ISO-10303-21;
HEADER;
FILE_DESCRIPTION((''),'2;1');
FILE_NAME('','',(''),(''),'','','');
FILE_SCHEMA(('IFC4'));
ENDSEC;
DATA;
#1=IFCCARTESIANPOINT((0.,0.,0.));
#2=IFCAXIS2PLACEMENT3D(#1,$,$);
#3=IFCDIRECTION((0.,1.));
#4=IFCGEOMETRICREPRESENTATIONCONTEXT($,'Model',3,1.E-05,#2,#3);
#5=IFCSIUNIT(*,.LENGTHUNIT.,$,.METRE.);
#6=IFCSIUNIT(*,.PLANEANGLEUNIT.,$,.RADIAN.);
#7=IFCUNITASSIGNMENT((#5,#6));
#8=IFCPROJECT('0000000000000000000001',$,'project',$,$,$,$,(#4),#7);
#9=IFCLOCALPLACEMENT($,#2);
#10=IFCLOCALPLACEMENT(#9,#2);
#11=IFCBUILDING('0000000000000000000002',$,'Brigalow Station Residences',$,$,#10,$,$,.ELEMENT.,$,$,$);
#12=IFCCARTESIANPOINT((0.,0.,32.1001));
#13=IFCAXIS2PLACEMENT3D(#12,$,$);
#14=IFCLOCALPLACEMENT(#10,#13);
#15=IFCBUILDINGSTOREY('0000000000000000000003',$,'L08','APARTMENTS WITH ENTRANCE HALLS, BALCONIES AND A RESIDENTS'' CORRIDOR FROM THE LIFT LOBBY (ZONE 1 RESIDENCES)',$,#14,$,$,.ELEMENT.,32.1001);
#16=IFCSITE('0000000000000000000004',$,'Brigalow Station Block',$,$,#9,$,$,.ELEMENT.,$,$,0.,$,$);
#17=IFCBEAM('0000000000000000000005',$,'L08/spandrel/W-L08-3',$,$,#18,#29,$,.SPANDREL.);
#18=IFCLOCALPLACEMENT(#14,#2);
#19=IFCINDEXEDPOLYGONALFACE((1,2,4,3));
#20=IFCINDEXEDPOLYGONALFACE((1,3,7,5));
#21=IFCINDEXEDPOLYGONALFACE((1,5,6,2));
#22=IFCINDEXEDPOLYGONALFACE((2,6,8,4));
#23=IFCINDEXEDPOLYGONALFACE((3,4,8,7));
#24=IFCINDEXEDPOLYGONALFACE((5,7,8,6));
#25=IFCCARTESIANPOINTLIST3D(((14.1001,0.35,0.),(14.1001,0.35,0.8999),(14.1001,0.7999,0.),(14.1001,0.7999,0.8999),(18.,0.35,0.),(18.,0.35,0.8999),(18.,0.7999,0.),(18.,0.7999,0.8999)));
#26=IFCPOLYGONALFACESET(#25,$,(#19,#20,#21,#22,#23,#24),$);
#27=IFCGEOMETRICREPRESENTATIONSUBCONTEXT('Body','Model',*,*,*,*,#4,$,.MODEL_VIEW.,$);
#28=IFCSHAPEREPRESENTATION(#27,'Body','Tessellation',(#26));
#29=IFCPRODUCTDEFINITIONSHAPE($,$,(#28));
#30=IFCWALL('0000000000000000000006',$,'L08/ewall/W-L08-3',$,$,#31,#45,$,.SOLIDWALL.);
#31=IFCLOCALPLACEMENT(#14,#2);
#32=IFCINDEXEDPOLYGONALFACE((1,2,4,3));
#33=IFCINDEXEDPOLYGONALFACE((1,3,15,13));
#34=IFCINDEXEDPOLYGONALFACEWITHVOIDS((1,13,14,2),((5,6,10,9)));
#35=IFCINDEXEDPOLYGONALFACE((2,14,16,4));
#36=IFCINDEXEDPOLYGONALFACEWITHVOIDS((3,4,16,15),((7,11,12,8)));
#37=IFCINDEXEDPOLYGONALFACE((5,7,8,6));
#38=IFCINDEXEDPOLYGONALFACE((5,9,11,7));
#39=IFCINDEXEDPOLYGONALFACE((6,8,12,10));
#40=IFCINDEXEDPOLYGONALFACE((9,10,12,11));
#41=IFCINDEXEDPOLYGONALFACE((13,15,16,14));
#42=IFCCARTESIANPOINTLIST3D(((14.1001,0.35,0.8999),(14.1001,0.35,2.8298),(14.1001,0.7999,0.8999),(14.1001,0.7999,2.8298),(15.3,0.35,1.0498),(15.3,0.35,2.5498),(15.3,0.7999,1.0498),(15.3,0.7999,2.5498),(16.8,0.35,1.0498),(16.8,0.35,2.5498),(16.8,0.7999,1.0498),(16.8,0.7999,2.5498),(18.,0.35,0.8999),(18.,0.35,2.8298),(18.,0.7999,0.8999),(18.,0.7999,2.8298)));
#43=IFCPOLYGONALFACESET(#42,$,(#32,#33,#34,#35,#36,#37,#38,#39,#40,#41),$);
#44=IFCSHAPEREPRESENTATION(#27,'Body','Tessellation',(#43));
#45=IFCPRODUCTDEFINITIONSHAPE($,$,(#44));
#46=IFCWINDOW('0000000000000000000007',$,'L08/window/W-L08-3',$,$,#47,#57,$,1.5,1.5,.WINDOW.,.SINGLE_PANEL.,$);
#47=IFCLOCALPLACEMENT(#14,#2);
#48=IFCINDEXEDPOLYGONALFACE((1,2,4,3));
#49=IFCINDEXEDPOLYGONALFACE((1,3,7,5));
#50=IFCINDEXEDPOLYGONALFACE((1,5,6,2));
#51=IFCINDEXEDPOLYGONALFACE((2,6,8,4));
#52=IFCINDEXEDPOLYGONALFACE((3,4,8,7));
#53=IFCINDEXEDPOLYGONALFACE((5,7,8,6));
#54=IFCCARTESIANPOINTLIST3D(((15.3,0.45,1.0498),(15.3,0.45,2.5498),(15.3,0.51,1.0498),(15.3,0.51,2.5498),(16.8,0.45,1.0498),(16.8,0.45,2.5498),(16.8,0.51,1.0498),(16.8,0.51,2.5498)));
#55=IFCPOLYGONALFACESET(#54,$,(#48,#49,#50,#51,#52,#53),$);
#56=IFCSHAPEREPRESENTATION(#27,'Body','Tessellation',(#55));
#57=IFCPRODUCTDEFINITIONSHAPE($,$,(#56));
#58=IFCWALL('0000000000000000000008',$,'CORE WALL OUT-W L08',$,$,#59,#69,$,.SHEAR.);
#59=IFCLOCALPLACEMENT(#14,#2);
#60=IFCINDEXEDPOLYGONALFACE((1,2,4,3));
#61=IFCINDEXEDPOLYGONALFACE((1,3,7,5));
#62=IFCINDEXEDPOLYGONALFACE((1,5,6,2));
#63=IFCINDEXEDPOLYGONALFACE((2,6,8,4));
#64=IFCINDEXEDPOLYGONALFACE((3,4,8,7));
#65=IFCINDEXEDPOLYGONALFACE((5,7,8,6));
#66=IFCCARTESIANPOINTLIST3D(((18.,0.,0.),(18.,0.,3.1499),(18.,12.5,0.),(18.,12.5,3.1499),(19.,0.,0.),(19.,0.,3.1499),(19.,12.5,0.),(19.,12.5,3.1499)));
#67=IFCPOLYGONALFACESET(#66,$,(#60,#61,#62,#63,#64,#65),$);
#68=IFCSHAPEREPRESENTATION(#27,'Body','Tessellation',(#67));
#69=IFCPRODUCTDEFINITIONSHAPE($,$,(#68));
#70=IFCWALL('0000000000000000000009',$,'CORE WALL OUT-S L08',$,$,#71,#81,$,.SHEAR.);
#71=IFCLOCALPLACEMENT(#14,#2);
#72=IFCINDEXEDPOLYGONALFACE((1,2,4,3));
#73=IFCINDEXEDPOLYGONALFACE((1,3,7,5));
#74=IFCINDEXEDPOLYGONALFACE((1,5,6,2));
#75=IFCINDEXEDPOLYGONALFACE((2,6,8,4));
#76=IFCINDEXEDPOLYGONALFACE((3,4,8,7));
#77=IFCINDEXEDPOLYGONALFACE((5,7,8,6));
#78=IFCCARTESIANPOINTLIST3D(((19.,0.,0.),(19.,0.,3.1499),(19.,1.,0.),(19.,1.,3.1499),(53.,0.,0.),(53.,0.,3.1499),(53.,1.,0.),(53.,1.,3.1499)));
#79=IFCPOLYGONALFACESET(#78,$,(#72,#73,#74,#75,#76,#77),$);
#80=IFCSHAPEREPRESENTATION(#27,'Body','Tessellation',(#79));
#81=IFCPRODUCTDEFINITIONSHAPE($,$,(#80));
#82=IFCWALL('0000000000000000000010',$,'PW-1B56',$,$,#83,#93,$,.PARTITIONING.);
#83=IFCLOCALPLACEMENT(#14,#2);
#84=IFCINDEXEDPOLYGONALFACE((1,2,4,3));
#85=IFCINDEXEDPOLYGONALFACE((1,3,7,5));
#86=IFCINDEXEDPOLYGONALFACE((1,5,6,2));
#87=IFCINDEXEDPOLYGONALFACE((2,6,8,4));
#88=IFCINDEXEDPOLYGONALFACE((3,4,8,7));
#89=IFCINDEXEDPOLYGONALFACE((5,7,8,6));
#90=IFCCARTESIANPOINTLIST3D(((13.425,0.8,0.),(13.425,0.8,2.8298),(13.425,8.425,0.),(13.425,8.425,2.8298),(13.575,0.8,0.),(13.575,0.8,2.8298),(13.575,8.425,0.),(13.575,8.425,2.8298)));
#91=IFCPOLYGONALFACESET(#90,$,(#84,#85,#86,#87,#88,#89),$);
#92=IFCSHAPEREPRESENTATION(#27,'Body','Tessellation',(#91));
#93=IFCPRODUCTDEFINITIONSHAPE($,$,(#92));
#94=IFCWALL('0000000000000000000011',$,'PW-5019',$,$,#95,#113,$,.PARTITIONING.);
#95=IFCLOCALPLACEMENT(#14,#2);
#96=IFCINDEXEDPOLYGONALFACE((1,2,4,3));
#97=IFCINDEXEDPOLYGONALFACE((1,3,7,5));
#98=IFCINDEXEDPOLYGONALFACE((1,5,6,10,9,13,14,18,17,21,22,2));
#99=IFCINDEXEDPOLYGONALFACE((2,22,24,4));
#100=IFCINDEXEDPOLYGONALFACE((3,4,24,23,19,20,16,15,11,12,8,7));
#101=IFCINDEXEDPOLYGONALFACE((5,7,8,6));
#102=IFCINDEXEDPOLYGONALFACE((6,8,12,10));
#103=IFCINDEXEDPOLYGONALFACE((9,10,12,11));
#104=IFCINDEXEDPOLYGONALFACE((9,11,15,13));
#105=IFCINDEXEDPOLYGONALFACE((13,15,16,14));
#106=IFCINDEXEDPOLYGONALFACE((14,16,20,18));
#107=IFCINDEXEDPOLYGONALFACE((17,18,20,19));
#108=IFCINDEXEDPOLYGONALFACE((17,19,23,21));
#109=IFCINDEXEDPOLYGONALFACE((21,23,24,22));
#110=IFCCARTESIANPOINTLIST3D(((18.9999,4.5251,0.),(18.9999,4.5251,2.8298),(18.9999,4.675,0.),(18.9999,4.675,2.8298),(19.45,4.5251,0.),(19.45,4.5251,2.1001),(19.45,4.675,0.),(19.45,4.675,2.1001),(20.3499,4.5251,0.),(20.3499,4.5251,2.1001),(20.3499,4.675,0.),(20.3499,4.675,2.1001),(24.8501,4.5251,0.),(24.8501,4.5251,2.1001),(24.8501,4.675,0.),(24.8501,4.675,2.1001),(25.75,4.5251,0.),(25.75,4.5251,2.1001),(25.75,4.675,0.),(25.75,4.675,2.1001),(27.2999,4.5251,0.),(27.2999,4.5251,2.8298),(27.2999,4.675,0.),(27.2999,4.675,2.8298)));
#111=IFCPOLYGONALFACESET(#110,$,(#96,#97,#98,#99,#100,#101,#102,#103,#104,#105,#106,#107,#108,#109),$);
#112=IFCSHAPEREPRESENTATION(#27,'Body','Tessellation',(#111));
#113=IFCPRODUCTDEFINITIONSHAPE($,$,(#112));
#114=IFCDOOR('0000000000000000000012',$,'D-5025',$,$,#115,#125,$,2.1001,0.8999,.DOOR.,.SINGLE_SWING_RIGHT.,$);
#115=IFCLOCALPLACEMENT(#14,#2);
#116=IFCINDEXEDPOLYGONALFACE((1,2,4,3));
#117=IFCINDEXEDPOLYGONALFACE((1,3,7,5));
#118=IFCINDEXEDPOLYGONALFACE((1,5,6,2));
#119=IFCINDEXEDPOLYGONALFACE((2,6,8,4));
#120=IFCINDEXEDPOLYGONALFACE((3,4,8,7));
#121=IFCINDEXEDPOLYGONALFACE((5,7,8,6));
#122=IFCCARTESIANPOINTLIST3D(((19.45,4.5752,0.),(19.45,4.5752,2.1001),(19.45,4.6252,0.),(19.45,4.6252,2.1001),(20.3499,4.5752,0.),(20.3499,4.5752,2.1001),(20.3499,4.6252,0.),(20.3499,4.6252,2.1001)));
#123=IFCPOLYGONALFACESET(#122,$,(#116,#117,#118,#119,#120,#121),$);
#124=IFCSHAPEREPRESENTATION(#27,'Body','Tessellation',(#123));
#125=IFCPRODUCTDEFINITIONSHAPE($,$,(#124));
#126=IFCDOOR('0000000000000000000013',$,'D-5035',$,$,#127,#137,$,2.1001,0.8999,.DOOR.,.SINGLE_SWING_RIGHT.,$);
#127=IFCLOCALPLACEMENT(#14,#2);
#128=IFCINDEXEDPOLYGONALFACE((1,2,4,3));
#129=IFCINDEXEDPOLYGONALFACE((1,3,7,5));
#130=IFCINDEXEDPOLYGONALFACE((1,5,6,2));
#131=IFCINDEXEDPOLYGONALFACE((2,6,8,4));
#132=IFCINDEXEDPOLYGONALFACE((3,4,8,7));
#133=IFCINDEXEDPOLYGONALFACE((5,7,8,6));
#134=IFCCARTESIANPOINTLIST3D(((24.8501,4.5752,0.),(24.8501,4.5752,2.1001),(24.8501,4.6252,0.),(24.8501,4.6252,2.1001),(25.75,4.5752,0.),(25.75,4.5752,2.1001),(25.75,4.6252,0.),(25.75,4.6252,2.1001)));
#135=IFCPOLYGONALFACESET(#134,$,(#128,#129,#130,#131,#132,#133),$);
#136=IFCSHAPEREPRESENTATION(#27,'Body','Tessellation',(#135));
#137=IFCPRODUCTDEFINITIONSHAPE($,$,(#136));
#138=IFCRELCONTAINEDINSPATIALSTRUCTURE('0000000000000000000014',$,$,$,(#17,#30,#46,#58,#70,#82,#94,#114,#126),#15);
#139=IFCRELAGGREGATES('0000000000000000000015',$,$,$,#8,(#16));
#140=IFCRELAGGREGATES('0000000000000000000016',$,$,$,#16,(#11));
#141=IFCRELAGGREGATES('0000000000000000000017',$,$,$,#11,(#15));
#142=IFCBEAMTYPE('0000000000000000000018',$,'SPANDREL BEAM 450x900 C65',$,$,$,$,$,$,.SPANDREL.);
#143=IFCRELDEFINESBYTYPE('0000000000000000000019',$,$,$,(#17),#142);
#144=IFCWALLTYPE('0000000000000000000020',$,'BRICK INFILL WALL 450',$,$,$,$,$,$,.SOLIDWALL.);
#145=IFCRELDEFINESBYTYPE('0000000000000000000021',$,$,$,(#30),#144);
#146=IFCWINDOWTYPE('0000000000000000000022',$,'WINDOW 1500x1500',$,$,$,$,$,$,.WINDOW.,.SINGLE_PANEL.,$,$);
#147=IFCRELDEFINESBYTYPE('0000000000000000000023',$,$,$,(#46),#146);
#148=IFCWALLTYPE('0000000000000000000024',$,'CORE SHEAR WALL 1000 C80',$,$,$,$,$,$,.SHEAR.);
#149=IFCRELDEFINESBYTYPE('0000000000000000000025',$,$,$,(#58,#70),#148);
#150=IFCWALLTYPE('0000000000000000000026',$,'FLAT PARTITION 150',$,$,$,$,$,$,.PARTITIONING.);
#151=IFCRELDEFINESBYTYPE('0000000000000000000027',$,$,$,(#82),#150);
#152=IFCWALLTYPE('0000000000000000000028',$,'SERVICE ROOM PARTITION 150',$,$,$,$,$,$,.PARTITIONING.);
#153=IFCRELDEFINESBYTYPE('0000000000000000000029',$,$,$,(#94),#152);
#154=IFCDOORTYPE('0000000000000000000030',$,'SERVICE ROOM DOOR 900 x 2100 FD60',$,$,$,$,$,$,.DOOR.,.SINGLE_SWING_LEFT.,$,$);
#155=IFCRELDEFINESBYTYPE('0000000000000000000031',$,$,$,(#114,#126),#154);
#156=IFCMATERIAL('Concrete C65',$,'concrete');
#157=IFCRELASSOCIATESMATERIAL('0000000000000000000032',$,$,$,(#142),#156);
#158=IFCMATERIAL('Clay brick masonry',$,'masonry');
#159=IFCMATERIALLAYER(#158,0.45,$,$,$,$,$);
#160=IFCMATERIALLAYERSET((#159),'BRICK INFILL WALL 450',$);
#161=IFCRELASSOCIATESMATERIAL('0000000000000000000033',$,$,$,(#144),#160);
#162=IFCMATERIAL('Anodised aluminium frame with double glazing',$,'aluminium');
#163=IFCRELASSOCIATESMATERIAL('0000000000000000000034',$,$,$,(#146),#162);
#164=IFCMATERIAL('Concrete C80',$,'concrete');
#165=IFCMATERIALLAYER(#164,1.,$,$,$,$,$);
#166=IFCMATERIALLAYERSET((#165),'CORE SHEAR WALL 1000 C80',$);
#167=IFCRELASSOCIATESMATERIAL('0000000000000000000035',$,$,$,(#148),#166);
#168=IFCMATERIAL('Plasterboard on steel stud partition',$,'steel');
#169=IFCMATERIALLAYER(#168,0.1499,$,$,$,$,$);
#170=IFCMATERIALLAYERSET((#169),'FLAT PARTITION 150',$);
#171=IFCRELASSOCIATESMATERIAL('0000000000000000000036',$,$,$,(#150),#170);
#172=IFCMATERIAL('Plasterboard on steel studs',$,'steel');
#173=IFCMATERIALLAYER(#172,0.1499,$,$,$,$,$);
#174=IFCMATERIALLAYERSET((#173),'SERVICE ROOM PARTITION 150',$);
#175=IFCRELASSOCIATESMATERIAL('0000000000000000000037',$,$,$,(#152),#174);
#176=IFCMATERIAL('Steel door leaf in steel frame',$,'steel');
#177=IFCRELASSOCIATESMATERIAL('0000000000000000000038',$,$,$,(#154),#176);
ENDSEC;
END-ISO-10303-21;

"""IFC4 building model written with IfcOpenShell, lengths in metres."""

from ifc_helpers import new_model, si_unit, direction, frame, frame_2d, origin, origin_2d, place, context, subcontext, project, spatial, rectangle, extrude, material, layer, layer_set, material_profile, profile_set, type_object, element, fill, save


model = new_model("IFC4")

# Units and contexts
model_context = context("Model", 3, precision=1e-05, world=origin(), true_north=direction((0.0, 1.0)))
body_context = subcontext(model_context, "Body", "Model", "MODEL_VIEW")
ifc_project = project(units=[si_unit("LENGTHUNIT", "METRE"), si_unit("PLANEANGLEUNIT", "RADIAN")], contexts=[model_context])

# Site, building, storey
site_placement = place(None, origin())
site = spatial("IfcSite", under=ifc_project, at=site_placement, Name="Brigalow Station Block", CompositionType="ELEMENT", RefElevation=0.0)
building_placement = place(site_placement, origin())
building = spatial("IfcBuilding", under=site, at=building_placement, Name="Brigalow Station Residences", CompositionType="ELEMENT")
storey_placement = place(building_placement, frame((0.0, 0.0, 32.1001)))
storey = spatial("IfcBuildingStorey", under=building, at=storey_placement, Name="L08", Description="APARTMENTS WITH ENTRANCE HALLS, BALCONIES AND A RESIDENTS' CORRIDOR FROM THE LIFT LOBBY (ZONE 1 RESIDENCES)", CompositionType="ELEMENT", Elevation=32.1001)

# Beam
ifc_material_1 = material(Name="Concrete C65", Category="concrete")
ifc_material_profile = material_profile(ifc_material_1, rectangle(XDim=0.45, YDim=0.8999, at=origin_2d()), Name="RC450x900")
ifc_profile_set = profile_set([ifc_material_profile], Name="Concrete C65")
beam_type = type_object("IfcBeamType", Name="SPANDREL BEAM 450x900 C65", PredefinedType="SPANDREL", material=ifc_profile_set)
beam_placement = place(storey_placement, frame((14.1001, 0.575, 0.45), z_axis=(1.0, 0.0, 0.0), x_axis=(0.0, 1.0, 0.0)))
element("IfcBeam", 1, at=beam_placement, inside=storey, type_object=beam_type, Name="L08/spandrel/W-L08-3", PredefinedType="SPANDREL", context=body_context, shape_type="SweptSolid", body=[
    extrude(rectangle(XDim=0.45, YDim=0.8999, at=origin_2d()), origin(), (0.0, 0.0, 1.0), 3.8999),
])

# Wall, opening, window
ifc_material_2 = material(Name="Clay brick masonry", Category="masonry")
ifc_layer_1 = layer(ifc_material_2, 0.45)
ifc_layer_set_1 = layer_set([ifc_layer_1], Name="BRICK INFILL WALL 450")
wall_type_1 = type_object("IfcWallType", Name="BRICK INFILL WALL 450", PredefinedType="SOLIDWALL", material=ifc_layer_set_1)
wall_1_placement = place(storey_placement, frame((14.1001, 0.575, 0.8999), z_axis=(0.0, 0.0, 1.0), x_axis=(1.0, 0.0, 0.0)))
wall_1 = element("IfcWall", 2, at=wall_1_placement, inside=storey, type_object=wall_type_1, Name="L08/ewall/W-L08-3", PredefinedType="SOLIDWALL", context=body_context, shape_type="SweptSolid", body=[
    extrude(rectangle(XDim=3.8999, YDim=0.45, at=frame_2d((1.95, 0.0))), origin(), (0.0, 0.0, 1.0), 1.9299),
])
opening_1_placement = place(wall_1_placement, frame((1.2, 0.0, 0.1499)))
opening_1 = element("IfcOpeningElement", 3, at=opening_1_placement, cuts=wall_1, PredefinedType="OPENING", context=body_context, shape_type="SweptSolid", body=[
    extrude(rectangle(XDim=1.5, YDim=1.5, at=frame_2d((0.75, 0.75))), frame((0.0, 0.2349, 0.0), z_axis=(0.0, -1.0, 0.0), x_axis=(1.0, 0.0, 0.0)), (0.0, 0.0, 1.0), 0.47),
])
ifc_material_3 = material(Name="Anodised aluminium frame with double glazing", Category="aluminium")
window_type = type_object("IfcWindowType", Name="WINDOW 1500x1500", PartitioningType="SINGLE_PANEL", PredefinedType="WINDOW", material=ifc_material_3)
window_placement = place(opening_1_placement, origin())
window = element("IfcWindow", 4, at=window_placement, inside=storey, type_object=window_type, Name="L08/window/W-L08-3", OverallHeight=1.5, OverallWidth=1.5, PartitioningType="SINGLE_PANEL", PredefinedType="WINDOW", context=body_context, shape_type="SweptSolid", body=[
    extrude(rectangle(XDim=1.5, YDim=1.5, at=frame_2d((0.75, 0.75))), frame((0.0, -0.0649, 0.0), z_axis=(0.0, -1.0, 0.0), x_axis=(1.0, 0.0, 0.0)), (0.0, 0.0, 1.0), 0.0601),
])
fill(opening_1, window)

# Walls
ifc_material_4 = material(Name="Concrete C80", Category="concrete")
ifc_layer_2 = layer(ifc_material_4, 1.0)
ifc_layer_set_2 = layer_set([ifc_layer_2], Name="CORE SHEAR WALL 1000 C80")
wall_type_2 = type_object("IfcWallType", Name="CORE SHEAR WALL 1000 C80", PredefinedType="SHEAR", material=ifc_layer_set_2)
wall_2_placement = place(storey_placement, frame((18.5, 0.0, 0.0), z_axis=(0.0, 0.0, 1.0), x_axis=(0.0, 1.0, 0.0)))
element("IfcWall", 5, at=wall_2_placement, inside=storey, type_object=wall_type_2, Name="CORE WALL OUT-W L08", PredefinedType="SHEAR", context=body_context, shape_type="SweptSolid", body=[
    extrude(rectangle(XDim=12.5, YDim=1.0, at=frame_2d((6.25, 0.0))), origin(), (0.0, 0.0, 1.0), 3.1499),
])
wall_3_placement = place(storey_placement, frame((19.0, 0.5, 0.0), z_axis=(0.0, 0.0, 1.0), x_axis=(1.0, 0.0, 0.0)))
element("IfcWall", 6, at=wall_3_placement, inside=storey, type_object=wall_type_2, Name="CORE WALL OUT-S L08", PredefinedType="SHEAR", context=body_context, shape_type="SweptSolid", body=[
    extrude(rectangle(XDim=34.0, YDim=1.0, at=frame_2d((17.0, 0.0))), origin(), (0.0, 0.0, 1.0), 3.1499),
])
ifc_material_5 = material(Name="Plasterboard on steel stud partition", Category="steel")
ifc_layer_3 = layer(ifc_material_5, 0.1499)
ifc_layer_set_3 = layer_set([ifc_layer_3], Name="FLAT PARTITION 150")
wall_type_3 = type_object("IfcWallType", Name="FLAT PARTITION 150", PredefinedType="PARTITIONING", material=ifc_layer_set_3)
wall_4_placement = place(storey_placement, frame((13.5, 0.8, 0.0), z_axis=(0.0, 0.0, 1.0), x_axis=(0.0, 1.0, 0.0)))
element("IfcWall", 7, at=wall_4_placement, inside=storey, type_object=wall_type_3, Name="PW-1B56", PredefinedType="PARTITIONING", context=body_context, shape_type="SweptSolid", body=[
    extrude(rectangle(XDim=7.625, YDim=0.1499, at=frame_2d((3.8125, 0.0))), origin(), (0.0, 0.0, 1.0), 2.8298),
])

# Wall, openings, doors
ifc_material_6 = material(Name="Plasterboard on steel studs", Category="steel")
ifc_layer_4 = layer(ifc_material_6, 0.1499)
ifc_layer_set_4 = layer_set([ifc_layer_4], Name="SERVICE ROOM PARTITION 150")
wall_type_4 = type_object("IfcWallType", Name="SERVICE ROOM PARTITION 150", PredefinedType="PARTITIONING", material=ifc_layer_set_4)
wall_5_placement = place(storey_placement, frame((19.0, 4.6001, 0.0), z_axis=(0.0, 0.0, 1.0), x_axis=(1.0, 0.0, 0.0)))
wall_5 = element("IfcWall", 8, at=wall_5_placement, inside=storey, type_object=wall_type_4, Name="PW-5019", PredefinedType="PARTITIONING", context=body_context, shape_type="SweptSolid", body=[
    extrude(rectangle(XDim=8.3, YDim=0.1499, at=frame_2d((4.1499, 0.0))), origin(), (0.0, 0.0, 1.0), 2.8298),
])
opening_2_placement = place(wall_5_placement, frame((0.45, 0.0, 0.0)))
opening_2 = element("IfcOpeningElement", 9, at=opening_2_placement, cuts=wall_5, PredefinedType="OPENING", context=body_context, shape_type="SweptSolid", body=[
    extrude(rectangle(XDim=0.8999, YDim=2.1001, at=frame_2d((0.45, 1.05))), frame((0.0, 0.085, 0.0), z_axis=(0.0, -1.0, 0.0), x_axis=(1.0, 0.0, 0.0)), (0.0, 0.0, 1.0), 0.1699),
])
opening_3_placement = place(wall_5_placement, frame((5.8501, 0.0, 0.0)))
opening_3 = element("IfcOpeningElement", 10, at=opening_3_placement, cuts=wall_5, PredefinedType="OPENING", context=body_context, shape_type="SweptSolid", body=[
    extrude(rectangle(XDim=0.8999, YDim=2.1001, at=frame_2d((0.45, 1.05))), frame((0.0, 0.085, 0.0), z_axis=(0.0, -1.0, 0.0), x_axis=(1.0, 0.0, 0.0)), (0.0, 0.0, 1.0), 0.1699),
])
ifc_material_7 = material(Name="Steel door leaf in steel frame", Category="steel")
door_type = type_object("IfcDoorType", Name="SERVICE ROOM DOOR 900 x 2100 FD60", OperationType="SINGLE_SWING_LEFT", PredefinedType="DOOR", material=ifc_material_7)
door_1_placement = place(opening_2_placement, frame((0.8999, 0.0, 0.0), z_axis=(0.0, 0.0, 1.0), x_axis=(-1.0, 0.0, 0.0)))
door_1 = element("IfcDoor", 11, at=door_1_placement, inside=storey, type_object=door_type, Name="D-5025", OperationType="SINGLE_SWING_RIGHT", OverallHeight=2.1001, OverallWidth=0.8999, PredefinedType="DOOR", context=body_context, shape_type="SweptSolid", body=[
    extrude(rectangle(XDim=0.8999, YDim=2.1001, at=frame_2d((0.45, 1.05))), frame((0.0, 0.0249, 0.0), z_axis=(0.0, -1.0, 0.0), x_axis=(1.0, 0.0, 0.0)), (0.0, 0.0, 1.0), 0.05),
])
fill(opening_2, door_1)
door_2_placement = place(opening_3_placement, frame((0.8999, 0.0, 0.0), z_axis=(0.0, 0.0, 1.0), x_axis=(-1.0, 0.0, 0.0)))
door_2 = element("IfcDoor", 12, at=door_2_placement, inside=storey, type_object=door_type, Name="D-5035", OperationType="SINGLE_SWING_RIGHT", OverallHeight=2.1001, OverallWidth=0.8999, PredefinedType="DOOR", context=body_context, shape_type="SweptSolid", body=[
    extrude(rectangle(XDim=0.8999, YDim=2.1001, at=frame_2d((0.45, 1.05))), frame((0.0, 0.0249, 0.0), z_axis=(0.0, -1.0, 0.0), x_axis=(1.0, 0.0, 0.0)), (0.0, 0.0, 1.0), 0.05),
])
fill(opening_3, door_2)

save(model, "model.ifc")
